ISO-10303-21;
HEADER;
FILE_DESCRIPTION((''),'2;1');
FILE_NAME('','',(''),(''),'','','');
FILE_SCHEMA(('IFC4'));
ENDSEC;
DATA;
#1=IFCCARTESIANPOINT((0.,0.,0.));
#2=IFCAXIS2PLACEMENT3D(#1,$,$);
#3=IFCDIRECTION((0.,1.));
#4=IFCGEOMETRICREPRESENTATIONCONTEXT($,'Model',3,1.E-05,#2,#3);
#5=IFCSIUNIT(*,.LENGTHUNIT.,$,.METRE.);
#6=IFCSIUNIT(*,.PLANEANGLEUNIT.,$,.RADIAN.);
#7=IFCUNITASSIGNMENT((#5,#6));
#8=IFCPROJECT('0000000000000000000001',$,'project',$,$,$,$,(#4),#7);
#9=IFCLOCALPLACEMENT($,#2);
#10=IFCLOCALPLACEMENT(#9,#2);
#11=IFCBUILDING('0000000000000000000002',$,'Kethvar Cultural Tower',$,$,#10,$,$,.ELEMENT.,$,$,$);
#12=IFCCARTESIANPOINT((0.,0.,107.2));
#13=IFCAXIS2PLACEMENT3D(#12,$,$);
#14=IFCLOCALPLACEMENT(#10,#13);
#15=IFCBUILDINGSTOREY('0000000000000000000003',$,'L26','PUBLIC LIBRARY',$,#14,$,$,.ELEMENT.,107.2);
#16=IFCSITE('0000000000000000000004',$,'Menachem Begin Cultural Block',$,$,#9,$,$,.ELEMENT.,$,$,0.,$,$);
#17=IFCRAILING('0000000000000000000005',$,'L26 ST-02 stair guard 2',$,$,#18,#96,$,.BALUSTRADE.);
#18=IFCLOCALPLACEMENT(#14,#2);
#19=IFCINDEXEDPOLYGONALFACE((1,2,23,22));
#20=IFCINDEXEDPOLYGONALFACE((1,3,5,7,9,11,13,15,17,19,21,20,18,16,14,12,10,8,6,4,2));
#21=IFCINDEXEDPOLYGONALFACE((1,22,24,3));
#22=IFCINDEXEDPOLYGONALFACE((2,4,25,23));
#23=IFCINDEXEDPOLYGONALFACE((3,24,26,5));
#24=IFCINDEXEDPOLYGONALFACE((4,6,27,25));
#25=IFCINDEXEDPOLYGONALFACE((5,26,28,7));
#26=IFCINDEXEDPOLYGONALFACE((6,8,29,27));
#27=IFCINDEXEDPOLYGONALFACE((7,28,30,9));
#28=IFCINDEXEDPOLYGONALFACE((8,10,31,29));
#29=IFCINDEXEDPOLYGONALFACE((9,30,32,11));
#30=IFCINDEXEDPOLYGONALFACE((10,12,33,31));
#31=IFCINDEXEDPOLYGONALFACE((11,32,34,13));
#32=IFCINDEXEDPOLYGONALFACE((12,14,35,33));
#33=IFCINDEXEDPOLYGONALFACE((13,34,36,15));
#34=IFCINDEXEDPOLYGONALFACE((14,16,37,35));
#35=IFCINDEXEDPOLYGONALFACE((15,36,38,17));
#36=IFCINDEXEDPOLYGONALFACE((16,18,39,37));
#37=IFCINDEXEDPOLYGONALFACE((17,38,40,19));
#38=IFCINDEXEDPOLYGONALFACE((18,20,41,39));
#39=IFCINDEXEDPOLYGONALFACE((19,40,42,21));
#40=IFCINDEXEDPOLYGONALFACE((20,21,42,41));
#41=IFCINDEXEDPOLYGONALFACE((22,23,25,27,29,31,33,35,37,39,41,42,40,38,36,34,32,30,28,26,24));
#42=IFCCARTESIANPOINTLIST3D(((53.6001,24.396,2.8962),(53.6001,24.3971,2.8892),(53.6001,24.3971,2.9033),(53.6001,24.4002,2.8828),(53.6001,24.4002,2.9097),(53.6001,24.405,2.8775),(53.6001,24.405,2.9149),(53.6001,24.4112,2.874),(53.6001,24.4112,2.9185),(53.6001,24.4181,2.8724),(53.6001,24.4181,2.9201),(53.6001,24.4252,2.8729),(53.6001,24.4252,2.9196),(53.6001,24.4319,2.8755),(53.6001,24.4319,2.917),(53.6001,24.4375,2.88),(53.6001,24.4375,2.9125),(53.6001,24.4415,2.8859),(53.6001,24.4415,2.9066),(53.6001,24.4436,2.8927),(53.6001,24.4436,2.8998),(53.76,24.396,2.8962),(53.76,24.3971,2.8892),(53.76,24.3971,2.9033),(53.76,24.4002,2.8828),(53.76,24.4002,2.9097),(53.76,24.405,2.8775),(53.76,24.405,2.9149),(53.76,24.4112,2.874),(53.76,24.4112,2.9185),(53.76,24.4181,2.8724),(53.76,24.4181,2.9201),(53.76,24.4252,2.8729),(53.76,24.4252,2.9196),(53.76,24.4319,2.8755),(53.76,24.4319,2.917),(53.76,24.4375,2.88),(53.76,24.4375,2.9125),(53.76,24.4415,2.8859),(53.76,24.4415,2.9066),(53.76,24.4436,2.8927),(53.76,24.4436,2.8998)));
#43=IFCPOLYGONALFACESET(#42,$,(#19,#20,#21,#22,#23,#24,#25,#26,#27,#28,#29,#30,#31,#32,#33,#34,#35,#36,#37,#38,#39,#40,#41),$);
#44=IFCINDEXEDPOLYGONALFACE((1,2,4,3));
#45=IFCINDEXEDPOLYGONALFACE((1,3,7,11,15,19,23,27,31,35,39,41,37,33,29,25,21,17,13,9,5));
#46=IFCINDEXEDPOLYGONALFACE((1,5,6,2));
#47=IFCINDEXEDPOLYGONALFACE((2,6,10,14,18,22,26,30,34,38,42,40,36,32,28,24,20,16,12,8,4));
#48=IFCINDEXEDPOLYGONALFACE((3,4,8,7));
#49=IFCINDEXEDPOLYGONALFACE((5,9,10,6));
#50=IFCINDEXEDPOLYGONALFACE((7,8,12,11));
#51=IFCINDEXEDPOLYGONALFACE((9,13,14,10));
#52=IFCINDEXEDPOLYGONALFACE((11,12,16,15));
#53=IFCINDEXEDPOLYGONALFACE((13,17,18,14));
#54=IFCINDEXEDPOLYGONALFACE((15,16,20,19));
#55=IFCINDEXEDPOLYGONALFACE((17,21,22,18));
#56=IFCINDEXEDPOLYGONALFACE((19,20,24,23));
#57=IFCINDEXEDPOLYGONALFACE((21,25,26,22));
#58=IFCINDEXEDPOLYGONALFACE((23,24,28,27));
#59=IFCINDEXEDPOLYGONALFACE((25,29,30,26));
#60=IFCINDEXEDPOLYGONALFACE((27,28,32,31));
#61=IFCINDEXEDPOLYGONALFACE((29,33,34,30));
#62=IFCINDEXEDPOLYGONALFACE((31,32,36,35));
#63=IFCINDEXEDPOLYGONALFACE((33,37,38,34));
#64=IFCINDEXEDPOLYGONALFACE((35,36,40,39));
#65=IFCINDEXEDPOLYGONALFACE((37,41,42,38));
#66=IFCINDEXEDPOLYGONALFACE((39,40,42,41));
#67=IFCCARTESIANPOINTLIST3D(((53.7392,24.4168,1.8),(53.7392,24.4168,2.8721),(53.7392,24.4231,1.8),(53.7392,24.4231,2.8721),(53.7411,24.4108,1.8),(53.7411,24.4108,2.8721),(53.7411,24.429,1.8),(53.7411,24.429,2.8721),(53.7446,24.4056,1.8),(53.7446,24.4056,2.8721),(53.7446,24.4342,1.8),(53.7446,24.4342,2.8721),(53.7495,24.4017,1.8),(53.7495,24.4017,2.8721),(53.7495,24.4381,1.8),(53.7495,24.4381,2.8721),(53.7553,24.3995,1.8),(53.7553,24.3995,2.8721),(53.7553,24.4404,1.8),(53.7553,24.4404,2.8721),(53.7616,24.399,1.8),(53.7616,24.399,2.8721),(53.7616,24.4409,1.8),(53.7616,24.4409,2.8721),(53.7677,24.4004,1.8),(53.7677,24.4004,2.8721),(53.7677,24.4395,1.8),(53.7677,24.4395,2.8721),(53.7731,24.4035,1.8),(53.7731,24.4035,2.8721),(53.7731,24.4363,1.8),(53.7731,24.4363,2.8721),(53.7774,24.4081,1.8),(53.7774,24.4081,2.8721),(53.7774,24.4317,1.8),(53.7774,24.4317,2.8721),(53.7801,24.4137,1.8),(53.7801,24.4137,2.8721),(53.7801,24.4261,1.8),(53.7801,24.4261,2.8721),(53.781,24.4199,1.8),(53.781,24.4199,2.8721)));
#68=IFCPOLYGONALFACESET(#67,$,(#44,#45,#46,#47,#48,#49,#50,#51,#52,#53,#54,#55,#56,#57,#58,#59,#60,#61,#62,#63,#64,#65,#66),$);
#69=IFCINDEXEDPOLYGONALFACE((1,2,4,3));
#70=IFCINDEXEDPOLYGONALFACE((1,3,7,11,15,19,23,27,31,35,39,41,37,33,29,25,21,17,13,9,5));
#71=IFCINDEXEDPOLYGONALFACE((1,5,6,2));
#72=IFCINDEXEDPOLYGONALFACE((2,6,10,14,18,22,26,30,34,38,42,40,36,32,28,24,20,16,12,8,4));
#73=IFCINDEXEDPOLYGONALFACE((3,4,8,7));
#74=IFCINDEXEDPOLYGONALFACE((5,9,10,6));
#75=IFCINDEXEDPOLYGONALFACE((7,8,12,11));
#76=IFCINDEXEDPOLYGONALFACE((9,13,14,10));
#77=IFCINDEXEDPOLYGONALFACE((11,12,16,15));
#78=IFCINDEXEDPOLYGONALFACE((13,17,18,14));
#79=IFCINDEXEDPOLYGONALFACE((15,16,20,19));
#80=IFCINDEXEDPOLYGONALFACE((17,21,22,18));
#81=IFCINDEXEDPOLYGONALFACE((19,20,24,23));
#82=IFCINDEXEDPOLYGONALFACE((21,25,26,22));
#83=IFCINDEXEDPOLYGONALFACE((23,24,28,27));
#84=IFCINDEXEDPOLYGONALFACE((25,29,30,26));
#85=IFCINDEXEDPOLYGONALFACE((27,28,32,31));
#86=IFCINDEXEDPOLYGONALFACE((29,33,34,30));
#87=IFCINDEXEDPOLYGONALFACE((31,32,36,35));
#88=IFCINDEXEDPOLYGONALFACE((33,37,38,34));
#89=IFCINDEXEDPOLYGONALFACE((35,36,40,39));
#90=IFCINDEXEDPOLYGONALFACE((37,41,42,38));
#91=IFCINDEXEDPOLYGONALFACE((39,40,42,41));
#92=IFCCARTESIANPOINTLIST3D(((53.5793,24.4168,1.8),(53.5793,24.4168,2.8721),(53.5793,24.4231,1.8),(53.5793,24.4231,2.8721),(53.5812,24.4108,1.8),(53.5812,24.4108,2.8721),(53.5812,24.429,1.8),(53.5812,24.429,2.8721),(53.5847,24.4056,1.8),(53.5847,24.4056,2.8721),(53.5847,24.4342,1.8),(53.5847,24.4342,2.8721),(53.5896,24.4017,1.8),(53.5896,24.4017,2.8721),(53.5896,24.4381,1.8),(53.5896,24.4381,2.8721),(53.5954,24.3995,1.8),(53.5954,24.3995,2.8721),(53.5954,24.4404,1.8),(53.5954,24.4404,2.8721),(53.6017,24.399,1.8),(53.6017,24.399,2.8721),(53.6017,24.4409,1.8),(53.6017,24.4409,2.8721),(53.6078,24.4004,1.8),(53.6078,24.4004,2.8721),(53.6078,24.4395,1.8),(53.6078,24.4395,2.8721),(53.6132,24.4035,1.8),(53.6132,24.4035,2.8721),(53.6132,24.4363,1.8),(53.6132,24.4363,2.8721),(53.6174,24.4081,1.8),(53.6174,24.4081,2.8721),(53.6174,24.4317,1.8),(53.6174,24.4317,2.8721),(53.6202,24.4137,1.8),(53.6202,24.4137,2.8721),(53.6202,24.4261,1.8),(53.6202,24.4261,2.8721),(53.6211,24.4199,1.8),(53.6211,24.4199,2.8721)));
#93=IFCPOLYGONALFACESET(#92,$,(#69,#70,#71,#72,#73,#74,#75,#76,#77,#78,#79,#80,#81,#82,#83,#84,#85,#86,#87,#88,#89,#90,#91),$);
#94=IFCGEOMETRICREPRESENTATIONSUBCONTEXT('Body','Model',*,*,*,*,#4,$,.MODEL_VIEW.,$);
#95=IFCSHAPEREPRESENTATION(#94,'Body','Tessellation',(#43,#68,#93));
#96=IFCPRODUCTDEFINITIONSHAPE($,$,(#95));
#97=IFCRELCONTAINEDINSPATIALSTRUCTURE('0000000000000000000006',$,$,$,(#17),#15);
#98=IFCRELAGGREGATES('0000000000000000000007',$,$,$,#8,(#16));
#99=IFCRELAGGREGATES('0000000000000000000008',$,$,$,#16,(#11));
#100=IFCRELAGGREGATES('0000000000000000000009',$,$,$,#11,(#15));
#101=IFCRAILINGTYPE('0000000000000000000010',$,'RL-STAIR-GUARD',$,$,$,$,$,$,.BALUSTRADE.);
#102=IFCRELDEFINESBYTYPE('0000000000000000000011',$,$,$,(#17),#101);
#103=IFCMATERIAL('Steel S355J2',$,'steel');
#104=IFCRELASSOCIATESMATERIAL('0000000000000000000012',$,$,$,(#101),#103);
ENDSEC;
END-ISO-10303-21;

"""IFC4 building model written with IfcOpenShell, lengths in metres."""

from ifc_helpers import new_model, si_unit, direction, frame, origin, origin_2d, place, context, subcontext, project, spatial, circle, extrude, material, type_object, element, save


model = new_model("IFC4")

# Units and contexts
model_context = context("Model", 3, precision=1e-05, world=origin(), true_north=direction((0.0, 1.0)))
body_context = subcontext(model_context, "Body", "Model", "MODEL_VIEW")
ifc_project = project(units=[si_unit("LENGTHUNIT", "METRE"), si_unit("PLANEANGLEUNIT", "RADIAN")], contexts=[model_context])

# Site, building, storey
site_placement = place(None, origin())
site = spatial("IfcSite", under=ifc_project, at=site_placement, Name="Menachem Begin Cultural Block", CompositionType="ELEMENT", RefElevation=0.0)
building_placement = place(site_placement, origin())
building = spatial("IfcBuilding", under=site, at=building_placement, Name="Kethvar Cultural Tower", CompositionType="ELEMENT")
storey_placement = place(building_placement, frame((0.0, 0.0, 107.2)))
storey = spatial("IfcBuildingStorey", under=building, at=storey_placement, Name="L26", Description="PUBLIC LIBRARY", CompositionType="ELEMENT", Elevation=107.2)

# Shared definitions
ifc_material_1 = material(Name="Steel S355J2", Category="steel")

# Railing
railing_type_1 = type_object("IfcRailingType", Name="RL-STAIR-GUARD", PredefinedType="BALUSTRADE", material=ifc_material_1)
railing_1_placement = place(storey_placement, frame((53.76, 24.4199, 1.8)))
element("IfcRailing", 1, at=railing_1_placement, inside=storey, type_object=railing_type_1, Name="L26 ST-02 stair guard 2", PredefinedType="BALUSTRADE", context=body_context, shape_type="SweptSolid", body=[
    extrude(circle(Radius=0.0239, at=origin_2d()), frame((0.0, 0.0, 1.0962), z_axis=(-1.0, 0.0, 0.0), x_axis=(0.0, -1.0, 0.0)), (0.0, 0.0, 1.0), 0.1599),
    extrude(circle(Radius=0.021, at=origin_2d()), origin(), (0.0, 0.0, 1.0), 1.072),
    extrude(circle(Radius=0.021, at=origin_2d()), frame((-0.1599, 0.0, 0.0)), (0.0, 0.0, 1.0), 1.072),
])

save(model, "model.ifc")
